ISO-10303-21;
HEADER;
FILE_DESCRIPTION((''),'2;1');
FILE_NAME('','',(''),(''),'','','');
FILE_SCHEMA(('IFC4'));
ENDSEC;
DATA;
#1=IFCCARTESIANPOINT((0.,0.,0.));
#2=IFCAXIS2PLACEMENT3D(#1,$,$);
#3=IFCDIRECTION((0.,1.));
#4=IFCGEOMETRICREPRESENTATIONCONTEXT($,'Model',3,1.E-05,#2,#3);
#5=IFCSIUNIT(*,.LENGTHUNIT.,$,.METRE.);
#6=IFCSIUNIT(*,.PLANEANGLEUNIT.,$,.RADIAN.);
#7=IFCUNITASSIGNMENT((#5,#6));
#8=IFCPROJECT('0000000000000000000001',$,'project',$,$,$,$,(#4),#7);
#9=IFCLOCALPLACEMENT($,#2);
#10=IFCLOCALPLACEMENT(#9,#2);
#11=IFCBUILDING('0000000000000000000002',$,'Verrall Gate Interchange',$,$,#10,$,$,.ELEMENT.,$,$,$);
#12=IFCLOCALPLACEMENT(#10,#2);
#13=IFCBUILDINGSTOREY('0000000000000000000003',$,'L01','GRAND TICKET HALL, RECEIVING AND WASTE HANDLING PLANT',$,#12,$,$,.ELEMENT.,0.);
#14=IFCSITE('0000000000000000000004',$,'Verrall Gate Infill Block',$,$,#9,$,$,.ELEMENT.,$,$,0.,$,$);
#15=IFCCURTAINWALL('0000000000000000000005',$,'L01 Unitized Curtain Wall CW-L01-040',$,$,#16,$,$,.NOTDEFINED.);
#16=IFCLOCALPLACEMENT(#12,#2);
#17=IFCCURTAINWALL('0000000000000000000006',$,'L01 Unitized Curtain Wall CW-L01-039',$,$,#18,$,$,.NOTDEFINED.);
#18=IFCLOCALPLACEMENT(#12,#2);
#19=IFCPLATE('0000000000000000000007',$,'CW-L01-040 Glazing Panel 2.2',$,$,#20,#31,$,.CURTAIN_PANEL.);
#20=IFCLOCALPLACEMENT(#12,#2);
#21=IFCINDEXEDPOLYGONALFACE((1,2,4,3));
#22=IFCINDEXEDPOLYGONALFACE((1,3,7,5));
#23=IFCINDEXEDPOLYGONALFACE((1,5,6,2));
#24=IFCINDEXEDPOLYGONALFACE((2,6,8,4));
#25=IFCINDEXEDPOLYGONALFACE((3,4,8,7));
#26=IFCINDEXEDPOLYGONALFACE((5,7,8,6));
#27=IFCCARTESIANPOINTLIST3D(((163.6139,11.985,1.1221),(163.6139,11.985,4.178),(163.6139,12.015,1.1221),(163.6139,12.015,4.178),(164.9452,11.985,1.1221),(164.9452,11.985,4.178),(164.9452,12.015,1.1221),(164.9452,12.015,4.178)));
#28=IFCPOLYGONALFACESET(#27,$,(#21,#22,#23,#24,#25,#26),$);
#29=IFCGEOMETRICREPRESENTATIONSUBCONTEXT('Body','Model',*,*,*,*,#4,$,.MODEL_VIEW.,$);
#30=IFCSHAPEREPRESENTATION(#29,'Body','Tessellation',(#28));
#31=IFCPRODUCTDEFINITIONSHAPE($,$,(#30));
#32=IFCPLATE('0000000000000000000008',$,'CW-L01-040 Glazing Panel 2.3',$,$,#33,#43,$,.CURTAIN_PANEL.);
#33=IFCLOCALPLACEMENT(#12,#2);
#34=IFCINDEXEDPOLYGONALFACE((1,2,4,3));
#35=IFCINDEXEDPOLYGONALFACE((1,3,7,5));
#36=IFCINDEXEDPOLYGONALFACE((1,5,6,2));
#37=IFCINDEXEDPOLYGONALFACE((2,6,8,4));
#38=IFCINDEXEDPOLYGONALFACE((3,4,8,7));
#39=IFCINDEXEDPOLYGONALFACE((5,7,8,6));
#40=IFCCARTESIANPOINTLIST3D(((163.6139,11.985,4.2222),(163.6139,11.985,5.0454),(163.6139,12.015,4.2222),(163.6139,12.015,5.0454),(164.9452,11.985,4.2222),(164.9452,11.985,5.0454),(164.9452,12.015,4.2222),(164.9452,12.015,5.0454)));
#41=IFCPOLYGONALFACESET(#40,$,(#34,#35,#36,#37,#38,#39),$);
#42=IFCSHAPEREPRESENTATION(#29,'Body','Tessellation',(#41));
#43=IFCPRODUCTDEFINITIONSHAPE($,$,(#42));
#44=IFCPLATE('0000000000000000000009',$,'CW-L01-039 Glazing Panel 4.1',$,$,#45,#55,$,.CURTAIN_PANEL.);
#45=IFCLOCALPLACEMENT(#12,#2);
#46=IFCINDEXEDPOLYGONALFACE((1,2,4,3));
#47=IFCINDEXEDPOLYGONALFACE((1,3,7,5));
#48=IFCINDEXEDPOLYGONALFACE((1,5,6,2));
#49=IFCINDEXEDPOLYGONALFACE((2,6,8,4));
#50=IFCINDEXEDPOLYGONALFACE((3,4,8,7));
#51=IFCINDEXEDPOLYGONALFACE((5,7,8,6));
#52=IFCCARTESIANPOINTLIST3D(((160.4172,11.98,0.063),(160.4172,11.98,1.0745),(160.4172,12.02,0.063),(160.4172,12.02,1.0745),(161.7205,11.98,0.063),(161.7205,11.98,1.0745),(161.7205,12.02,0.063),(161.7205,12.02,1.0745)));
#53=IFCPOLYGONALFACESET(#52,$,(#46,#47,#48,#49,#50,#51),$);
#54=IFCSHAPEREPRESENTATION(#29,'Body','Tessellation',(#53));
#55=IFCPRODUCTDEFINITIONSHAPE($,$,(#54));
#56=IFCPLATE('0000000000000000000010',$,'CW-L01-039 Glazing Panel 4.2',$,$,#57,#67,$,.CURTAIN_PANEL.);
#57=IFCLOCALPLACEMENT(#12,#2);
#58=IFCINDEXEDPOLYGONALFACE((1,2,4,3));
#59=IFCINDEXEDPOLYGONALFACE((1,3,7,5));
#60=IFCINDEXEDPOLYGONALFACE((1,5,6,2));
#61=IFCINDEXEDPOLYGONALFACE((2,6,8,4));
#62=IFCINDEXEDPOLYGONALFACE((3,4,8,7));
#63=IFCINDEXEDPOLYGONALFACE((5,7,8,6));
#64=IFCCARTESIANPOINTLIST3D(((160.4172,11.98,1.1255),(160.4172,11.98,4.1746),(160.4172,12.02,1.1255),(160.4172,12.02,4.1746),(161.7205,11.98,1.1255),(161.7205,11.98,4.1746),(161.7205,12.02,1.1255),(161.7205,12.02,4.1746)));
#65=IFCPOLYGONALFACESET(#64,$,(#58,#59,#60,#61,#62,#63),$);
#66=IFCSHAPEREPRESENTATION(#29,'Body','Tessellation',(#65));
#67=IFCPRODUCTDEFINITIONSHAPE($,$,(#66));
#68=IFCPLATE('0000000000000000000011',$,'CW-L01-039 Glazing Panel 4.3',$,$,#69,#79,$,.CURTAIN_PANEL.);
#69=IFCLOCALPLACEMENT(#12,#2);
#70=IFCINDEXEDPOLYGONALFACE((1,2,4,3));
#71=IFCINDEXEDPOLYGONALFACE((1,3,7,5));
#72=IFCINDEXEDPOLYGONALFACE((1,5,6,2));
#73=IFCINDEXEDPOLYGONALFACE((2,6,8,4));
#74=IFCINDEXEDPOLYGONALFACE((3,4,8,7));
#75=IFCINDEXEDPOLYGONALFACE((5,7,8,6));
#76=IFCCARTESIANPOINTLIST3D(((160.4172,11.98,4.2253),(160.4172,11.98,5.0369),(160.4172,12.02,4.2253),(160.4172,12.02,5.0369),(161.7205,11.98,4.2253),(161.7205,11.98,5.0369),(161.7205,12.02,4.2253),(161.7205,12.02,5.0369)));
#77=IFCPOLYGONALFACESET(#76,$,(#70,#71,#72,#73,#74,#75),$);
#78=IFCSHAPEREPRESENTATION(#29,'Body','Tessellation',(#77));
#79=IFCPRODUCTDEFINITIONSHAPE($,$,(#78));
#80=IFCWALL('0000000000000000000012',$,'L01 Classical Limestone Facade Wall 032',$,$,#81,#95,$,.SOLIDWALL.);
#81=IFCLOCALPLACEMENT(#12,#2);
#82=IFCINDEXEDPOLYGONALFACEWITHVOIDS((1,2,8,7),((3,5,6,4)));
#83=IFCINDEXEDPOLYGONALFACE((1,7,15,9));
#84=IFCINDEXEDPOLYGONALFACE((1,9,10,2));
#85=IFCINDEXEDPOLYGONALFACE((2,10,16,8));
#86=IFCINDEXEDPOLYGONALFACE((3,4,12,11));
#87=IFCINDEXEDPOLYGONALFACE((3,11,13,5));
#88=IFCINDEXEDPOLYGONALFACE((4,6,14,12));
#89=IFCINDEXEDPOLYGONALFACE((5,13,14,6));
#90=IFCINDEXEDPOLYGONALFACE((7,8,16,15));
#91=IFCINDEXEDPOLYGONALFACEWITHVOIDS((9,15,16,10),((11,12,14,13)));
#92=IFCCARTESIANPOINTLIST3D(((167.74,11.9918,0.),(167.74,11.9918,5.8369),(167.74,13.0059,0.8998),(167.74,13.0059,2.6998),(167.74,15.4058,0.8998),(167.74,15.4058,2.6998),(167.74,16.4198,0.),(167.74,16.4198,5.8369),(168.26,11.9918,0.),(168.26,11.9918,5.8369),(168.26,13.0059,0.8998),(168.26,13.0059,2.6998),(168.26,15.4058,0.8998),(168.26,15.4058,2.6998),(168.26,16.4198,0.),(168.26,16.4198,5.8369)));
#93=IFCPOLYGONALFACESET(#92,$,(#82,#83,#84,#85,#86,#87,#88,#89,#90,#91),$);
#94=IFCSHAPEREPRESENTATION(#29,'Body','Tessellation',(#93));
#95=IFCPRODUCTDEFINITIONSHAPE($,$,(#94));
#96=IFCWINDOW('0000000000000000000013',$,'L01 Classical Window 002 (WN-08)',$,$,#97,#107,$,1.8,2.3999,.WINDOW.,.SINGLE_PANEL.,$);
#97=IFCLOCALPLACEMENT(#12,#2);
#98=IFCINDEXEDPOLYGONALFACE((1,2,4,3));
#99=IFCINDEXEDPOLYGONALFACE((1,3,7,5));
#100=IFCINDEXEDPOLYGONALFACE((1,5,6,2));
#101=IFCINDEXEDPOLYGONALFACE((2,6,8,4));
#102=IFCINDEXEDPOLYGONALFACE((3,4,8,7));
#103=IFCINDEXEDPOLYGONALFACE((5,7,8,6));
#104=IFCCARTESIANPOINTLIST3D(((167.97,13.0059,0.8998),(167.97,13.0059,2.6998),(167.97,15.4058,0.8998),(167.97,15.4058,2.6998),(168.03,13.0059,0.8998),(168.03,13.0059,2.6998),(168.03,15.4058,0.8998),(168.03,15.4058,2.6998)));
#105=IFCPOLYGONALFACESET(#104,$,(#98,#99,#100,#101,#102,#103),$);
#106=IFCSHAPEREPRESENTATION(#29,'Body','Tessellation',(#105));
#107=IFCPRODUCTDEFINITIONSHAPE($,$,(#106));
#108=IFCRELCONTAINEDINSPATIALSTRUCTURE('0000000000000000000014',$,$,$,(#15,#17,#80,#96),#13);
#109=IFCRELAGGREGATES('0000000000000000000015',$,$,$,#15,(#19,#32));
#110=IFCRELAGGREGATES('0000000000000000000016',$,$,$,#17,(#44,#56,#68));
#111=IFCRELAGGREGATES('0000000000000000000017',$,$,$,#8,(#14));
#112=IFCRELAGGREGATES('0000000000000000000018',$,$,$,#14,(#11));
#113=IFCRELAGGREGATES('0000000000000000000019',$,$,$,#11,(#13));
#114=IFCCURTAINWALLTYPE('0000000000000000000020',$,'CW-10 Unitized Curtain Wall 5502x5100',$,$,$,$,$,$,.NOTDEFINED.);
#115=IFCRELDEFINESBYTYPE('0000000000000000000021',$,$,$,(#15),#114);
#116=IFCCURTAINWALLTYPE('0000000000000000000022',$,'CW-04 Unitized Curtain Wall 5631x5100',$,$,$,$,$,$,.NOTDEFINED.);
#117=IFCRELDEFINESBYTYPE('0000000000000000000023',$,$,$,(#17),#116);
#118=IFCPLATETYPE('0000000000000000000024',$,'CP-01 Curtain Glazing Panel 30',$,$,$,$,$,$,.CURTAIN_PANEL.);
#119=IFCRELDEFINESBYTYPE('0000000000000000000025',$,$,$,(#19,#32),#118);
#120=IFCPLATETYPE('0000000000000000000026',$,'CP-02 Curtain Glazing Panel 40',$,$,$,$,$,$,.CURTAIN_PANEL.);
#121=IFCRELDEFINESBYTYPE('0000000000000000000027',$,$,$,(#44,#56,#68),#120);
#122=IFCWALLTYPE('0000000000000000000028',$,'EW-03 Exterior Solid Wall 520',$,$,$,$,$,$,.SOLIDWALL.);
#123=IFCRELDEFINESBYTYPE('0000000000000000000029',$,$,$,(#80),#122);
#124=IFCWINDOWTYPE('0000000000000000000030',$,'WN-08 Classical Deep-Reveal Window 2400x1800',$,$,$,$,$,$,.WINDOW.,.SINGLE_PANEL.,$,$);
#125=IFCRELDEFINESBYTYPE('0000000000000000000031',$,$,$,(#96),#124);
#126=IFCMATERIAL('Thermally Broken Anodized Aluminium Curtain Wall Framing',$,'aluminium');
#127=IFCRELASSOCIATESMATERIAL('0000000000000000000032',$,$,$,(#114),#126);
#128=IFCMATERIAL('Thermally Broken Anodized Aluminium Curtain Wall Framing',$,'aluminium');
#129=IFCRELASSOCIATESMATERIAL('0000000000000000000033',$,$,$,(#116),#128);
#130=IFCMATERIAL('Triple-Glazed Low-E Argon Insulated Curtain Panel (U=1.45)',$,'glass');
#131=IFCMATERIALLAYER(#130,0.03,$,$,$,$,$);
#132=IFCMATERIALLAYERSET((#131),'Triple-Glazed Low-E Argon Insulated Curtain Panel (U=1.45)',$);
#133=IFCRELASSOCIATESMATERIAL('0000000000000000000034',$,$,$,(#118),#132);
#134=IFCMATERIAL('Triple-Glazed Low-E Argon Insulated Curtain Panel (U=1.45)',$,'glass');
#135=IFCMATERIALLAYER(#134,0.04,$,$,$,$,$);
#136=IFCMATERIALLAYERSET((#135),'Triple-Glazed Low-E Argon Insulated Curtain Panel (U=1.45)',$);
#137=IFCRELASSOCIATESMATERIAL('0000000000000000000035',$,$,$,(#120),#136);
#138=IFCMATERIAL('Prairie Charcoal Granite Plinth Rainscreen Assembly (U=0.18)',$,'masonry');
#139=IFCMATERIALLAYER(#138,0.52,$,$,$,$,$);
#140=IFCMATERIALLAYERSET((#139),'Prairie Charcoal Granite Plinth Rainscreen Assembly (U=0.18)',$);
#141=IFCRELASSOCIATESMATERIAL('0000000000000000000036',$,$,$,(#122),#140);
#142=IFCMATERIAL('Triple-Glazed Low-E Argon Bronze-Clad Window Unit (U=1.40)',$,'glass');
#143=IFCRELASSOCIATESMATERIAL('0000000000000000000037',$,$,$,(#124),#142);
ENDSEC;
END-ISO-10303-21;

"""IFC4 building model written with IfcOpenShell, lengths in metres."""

from ifc_helpers import new_model, si_unit, direction, frame, frame_2d, origin, origin_2d, place, context, subcontext, project, spatial, rectangle, extrude, material, layer, layer_set, type_object, element, fill, aggregate, save


model = new_model("IFC4")

# Units and contexts
model_context = context("Model", 3, precision=1e-05, world=origin(), true_north=direction((0.0, 1.0)))
body_context = subcontext(model_context, "Body", "Model", "MODEL_VIEW")
ifc_project = project(units=[si_unit("LENGTHUNIT", "METRE"), si_unit("PLANEANGLEUNIT", "RADIAN")], contexts=[model_context])

# Site, building, storey
site_placement = place(None, origin())
site = spatial("IfcSite", under=ifc_project, at=site_placement, Name="Verrall Gate Infill Block", CompositionType="ELEMENT", RefElevation=0.0)
building_placement = place(site_placement, origin())
building = spatial("IfcBuilding", under=site, at=building_placement, Name="Verrall Gate Interchange", CompositionType="ELEMENT")
storey_placement = place(building_placement, origin())
storey = spatial("IfcBuildingStorey", under=building, at=storey_placement, Name="L01", Description="GRAND TICKET HALL, RECEIVING AND WASTE HANDLING PLANT", CompositionType="ELEMENT", Elevation=0.0)

# Curtain walls
ifc_material_1 = material(Name="Thermally Broken Anodized Aluminium Curtain Wall Framing", Category="aluminium")
curtain_wall_type_1 = type_object("IfcCurtainWallType", Name="CW-10 Unitized Curtain Wall 5502x5100", PredefinedType="NOTDEFINED", material=ifc_material_1)
curtain_wall_1_placement = place(storey_placement, origin())
curtain_wall_1 = element("IfcCurtainWall", 1, at=curtain_wall_1_placement, inside=storey, type_object=curtain_wall_type_1, Name="L01 Unitized Curtain Wall CW-L01-040", PredefinedType="NOTDEFINED")
ifc_material_2 = material(Name="Thermally Broken Anodized Aluminium Curtain Wall Framing", Category="aluminium")
curtain_wall_type_2 = type_object("IfcCurtainWallType", Name="CW-04 Unitized Curtain Wall 5631x5100", PredefinedType="NOTDEFINED", material=ifc_material_2)
curtain_wall_2_placement = place(storey_placement, origin())
curtain_wall_2 = element("IfcCurtainWall", 2, at=curtain_wall_2_placement, inside=storey, type_object=curtain_wall_type_2, Name="L01 Unitized Curtain Wall CW-L01-039", PredefinedType="NOTDEFINED")

# Plates
ifc_material_3 = material(Name="Triple-Glazed Low-E Argon Insulated Curtain Panel (U=1.45)", Category="glass")
ifc_layer_1 = layer(ifc_material_3, 0.03)
ifc_layer_set_1 = layer_set([ifc_layer_1], Name="Triple-Glazed Low-E Argon Insulated Curtain Panel (U=1.45)")
plate_type_1 = type_object("IfcPlateType", Name="CP-01 Curtain Glazing Panel 30", PredefinedType="CURTAIN_PANEL", material=ifc_layer_set_1)
plate_1_placement = place(storey_placement, frame((164.2795, 12.0, 1.1221), z_axis=(0.0, 0.0, 1.0), x_axis=(1.0, 0.0, 0.0)))
plate_1 = element("IfcPlate", 3, at=plate_1_placement, type_object=plate_type_1, Name="CW-L01-040 Glazing Panel 2.2", PredefinedType="CURTAIN_PANEL", context=body_context, shape_type="SweptSolid", body=[
    extrude(rectangle(XDim=1.3313, YDim=0.03, at=origin_2d()), origin(), (0.0, 0.0, 1.0), 3.0559),
])
plate_2_placement = place(storey_placement, frame((164.2795, 12.0, 4.2222), z_axis=(0.0, 0.0, 1.0), x_axis=(1.0, 0.0, 0.0)))
plate_2 = element("IfcPlate", 4, at=plate_2_placement, type_object=plate_type_1, Name="CW-L01-040 Glazing Panel 2.3", PredefinedType="CURTAIN_PANEL", context=body_context, shape_type="SweptSolid", body=[
    extrude(rectangle(XDim=1.3313, YDim=0.03, at=origin_2d()), origin(), (0.0, 0.0, 1.0), 0.8232),
])
aggregate(curtain_wall_1, [plate_1, plate_2])
ifc_material_4 = material(Name="Triple-Glazed Low-E Argon Insulated Curtain Panel (U=1.45)", Category="glass")
ifc_layer_2 = layer(ifc_material_4, 0.04)
ifc_layer_set_2 = layer_set([ifc_layer_2], Name="Triple-Glazed Low-E Argon Insulated Curtain Panel (U=1.45)")
plate_type_2 = type_object("IfcPlateType", Name="CP-02 Curtain Glazing Panel 40", PredefinedType="CURTAIN_PANEL", material=ifc_layer_set_2)
plate_3_placement = place(storey_placement, frame((161.0688, 12.0, 0.063), z_axis=(0.0, 0.0, 1.0), x_axis=(1.0, 0.0, 0.0)))
plate_3 = element("IfcPlate", 5, at=plate_3_placement, type_object=plate_type_2, Name="CW-L01-039 Glazing Panel 4.1", PredefinedType="CURTAIN_PANEL", context=body_context, shape_type="SweptSolid", body=[
    extrude(rectangle(XDim=1.3032, YDim=0.04, at=origin_2d()), origin(), (0.0, 0.0, 1.0), 1.0115),
])
plate_4_placement = place(storey_placement, frame((161.0688, 12.0, 1.1255), z_axis=(0.0, 0.0, 1.0), x_axis=(1.0, 0.0, 0.0)))
plate_4 = element("IfcPlate", 6, at=plate_4_placement, type_object=plate_type_2, Name="CW-L01-039 Glazing Panel 4.2", PredefinedType="CURTAIN_PANEL", context=body_context, shape_type="SweptSolid", body=[
    extrude(rectangle(XDim=1.3032, YDim=0.04, at=origin_2d()), origin(), (0.0, 0.0, 1.0), 3.0491),
])
plate_5_placement = place(storey_placement, frame((161.0688, 12.0, 4.2253), z_axis=(0.0, 0.0, 1.0), x_axis=(1.0, 0.0, 0.0)))
plate_5 = element("IfcPlate", 7, at=plate_5_placement, type_object=plate_type_2, Name="CW-L01-039 Glazing Panel 4.3", PredefinedType="CURTAIN_PANEL", context=body_context, shape_type="SweptSolid", body=[
    extrude(rectangle(XDim=1.3032, YDim=0.04, at=origin_2d()), origin(), (0.0, 0.0, 1.0), 0.8115),
])
aggregate(curtain_wall_2, [plate_3, plate_4, plate_5])

# Wall, opening, window
ifc_material_5 = material(Name="Prairie Charcoal Granite Plinth Rainscreen Assembly (U=0.18)", Category="masonry")
ifc_layer_3 = layer(ifc_material_5, 0.52)
ifc_layer_set_3 = layer_set([ifc_layer_3], Name="Prairie Charcoal Granite Plinth Rainscreen Assembly (U=0.18)")
wall_type = type_object("IfcWallType", Name="EW-03 Exterior Solid Wall 520", PredefinedType="SOLIDWALL", material=ifc_layer_set_3)
wall_placement = place(storey_placement, frame((168.0, 11.9919, 0.0), z_axis=(0.0, 0.0, 1.0), x_axis=(0.0, 1.0, 0.0)))
wall = element("IfcWall", 8, at=wall_placement, inside=storey, type_object=wall_type, Name="L01 Classical Limestone Facade Wall 032", PredefinedType="SOLIDWALL", context=body_context, shape_type="SweptSolid", body=[
    extrude(rectangle(XDim=4.428, YDim=0.52, at=frame_2d((2.2139, 0.0))), origin(), (0.0, 0.0, 1.0), 5.8369),
])
opening_placement = place(wall_placement, frame((1.0139, 0.0, 0.8999)))
opening = element("IfcOpeningElement", 9, at=opening_placement, cuts=wall, PredefinedType="OPENING", context=body_context, shape_type="SweptSolid", body=[
    extrude(rectangle(XDim=2.3999, YDim=1.8, at=frame_2d((1.2, 0.8999))), frame((0.0, 0.2749, 0.0), z_axis=(0.0, -1.0, 0.0), x_axis=(1.0, 0.0, 0.0)), (0.0, 0.0, 1.0), 0.5498),
])
ifc_material_6 = material(Name="Triple-Glazed Low-E Argon Bronze-Clad Window Unit (U=1.40)", Category="glass")
window_type = type_object("IfcWindowType", Name="WN-08 Classical Deep-Reveal Window 2400x1800", PartitioningType="SINGLE_PANEL", PredefinedType="WINDOW", material=ifc_material_6)
window_placement = place(opening_placement, origin())
window = element("IfcWindow", 10, at=window_placement, inside=storey, type_object=window_type, Name="L01 Classical Window 002 (WN-08)", OverallHeight=1.8, OverallWidth=2.3999, PartitioningType="SINGLE_PANEL", PredefinedType="WINDOW", context=body_context, shape_type="SweptSolid", body=[
    extrude(rectangle(XDim=2.3999, YDim=1.8, at=frame_2d((1.2, 0.8999))), frame((0.0, 0.03, 0.0), z_axis=(0.0, -1.0, 0.0), x_axis=(1.0, 0.0, 0.0)), (0.0, 0.0, 1.0), 0.0601),
])
fill(opening, window)

save(model, "model.ifc")
